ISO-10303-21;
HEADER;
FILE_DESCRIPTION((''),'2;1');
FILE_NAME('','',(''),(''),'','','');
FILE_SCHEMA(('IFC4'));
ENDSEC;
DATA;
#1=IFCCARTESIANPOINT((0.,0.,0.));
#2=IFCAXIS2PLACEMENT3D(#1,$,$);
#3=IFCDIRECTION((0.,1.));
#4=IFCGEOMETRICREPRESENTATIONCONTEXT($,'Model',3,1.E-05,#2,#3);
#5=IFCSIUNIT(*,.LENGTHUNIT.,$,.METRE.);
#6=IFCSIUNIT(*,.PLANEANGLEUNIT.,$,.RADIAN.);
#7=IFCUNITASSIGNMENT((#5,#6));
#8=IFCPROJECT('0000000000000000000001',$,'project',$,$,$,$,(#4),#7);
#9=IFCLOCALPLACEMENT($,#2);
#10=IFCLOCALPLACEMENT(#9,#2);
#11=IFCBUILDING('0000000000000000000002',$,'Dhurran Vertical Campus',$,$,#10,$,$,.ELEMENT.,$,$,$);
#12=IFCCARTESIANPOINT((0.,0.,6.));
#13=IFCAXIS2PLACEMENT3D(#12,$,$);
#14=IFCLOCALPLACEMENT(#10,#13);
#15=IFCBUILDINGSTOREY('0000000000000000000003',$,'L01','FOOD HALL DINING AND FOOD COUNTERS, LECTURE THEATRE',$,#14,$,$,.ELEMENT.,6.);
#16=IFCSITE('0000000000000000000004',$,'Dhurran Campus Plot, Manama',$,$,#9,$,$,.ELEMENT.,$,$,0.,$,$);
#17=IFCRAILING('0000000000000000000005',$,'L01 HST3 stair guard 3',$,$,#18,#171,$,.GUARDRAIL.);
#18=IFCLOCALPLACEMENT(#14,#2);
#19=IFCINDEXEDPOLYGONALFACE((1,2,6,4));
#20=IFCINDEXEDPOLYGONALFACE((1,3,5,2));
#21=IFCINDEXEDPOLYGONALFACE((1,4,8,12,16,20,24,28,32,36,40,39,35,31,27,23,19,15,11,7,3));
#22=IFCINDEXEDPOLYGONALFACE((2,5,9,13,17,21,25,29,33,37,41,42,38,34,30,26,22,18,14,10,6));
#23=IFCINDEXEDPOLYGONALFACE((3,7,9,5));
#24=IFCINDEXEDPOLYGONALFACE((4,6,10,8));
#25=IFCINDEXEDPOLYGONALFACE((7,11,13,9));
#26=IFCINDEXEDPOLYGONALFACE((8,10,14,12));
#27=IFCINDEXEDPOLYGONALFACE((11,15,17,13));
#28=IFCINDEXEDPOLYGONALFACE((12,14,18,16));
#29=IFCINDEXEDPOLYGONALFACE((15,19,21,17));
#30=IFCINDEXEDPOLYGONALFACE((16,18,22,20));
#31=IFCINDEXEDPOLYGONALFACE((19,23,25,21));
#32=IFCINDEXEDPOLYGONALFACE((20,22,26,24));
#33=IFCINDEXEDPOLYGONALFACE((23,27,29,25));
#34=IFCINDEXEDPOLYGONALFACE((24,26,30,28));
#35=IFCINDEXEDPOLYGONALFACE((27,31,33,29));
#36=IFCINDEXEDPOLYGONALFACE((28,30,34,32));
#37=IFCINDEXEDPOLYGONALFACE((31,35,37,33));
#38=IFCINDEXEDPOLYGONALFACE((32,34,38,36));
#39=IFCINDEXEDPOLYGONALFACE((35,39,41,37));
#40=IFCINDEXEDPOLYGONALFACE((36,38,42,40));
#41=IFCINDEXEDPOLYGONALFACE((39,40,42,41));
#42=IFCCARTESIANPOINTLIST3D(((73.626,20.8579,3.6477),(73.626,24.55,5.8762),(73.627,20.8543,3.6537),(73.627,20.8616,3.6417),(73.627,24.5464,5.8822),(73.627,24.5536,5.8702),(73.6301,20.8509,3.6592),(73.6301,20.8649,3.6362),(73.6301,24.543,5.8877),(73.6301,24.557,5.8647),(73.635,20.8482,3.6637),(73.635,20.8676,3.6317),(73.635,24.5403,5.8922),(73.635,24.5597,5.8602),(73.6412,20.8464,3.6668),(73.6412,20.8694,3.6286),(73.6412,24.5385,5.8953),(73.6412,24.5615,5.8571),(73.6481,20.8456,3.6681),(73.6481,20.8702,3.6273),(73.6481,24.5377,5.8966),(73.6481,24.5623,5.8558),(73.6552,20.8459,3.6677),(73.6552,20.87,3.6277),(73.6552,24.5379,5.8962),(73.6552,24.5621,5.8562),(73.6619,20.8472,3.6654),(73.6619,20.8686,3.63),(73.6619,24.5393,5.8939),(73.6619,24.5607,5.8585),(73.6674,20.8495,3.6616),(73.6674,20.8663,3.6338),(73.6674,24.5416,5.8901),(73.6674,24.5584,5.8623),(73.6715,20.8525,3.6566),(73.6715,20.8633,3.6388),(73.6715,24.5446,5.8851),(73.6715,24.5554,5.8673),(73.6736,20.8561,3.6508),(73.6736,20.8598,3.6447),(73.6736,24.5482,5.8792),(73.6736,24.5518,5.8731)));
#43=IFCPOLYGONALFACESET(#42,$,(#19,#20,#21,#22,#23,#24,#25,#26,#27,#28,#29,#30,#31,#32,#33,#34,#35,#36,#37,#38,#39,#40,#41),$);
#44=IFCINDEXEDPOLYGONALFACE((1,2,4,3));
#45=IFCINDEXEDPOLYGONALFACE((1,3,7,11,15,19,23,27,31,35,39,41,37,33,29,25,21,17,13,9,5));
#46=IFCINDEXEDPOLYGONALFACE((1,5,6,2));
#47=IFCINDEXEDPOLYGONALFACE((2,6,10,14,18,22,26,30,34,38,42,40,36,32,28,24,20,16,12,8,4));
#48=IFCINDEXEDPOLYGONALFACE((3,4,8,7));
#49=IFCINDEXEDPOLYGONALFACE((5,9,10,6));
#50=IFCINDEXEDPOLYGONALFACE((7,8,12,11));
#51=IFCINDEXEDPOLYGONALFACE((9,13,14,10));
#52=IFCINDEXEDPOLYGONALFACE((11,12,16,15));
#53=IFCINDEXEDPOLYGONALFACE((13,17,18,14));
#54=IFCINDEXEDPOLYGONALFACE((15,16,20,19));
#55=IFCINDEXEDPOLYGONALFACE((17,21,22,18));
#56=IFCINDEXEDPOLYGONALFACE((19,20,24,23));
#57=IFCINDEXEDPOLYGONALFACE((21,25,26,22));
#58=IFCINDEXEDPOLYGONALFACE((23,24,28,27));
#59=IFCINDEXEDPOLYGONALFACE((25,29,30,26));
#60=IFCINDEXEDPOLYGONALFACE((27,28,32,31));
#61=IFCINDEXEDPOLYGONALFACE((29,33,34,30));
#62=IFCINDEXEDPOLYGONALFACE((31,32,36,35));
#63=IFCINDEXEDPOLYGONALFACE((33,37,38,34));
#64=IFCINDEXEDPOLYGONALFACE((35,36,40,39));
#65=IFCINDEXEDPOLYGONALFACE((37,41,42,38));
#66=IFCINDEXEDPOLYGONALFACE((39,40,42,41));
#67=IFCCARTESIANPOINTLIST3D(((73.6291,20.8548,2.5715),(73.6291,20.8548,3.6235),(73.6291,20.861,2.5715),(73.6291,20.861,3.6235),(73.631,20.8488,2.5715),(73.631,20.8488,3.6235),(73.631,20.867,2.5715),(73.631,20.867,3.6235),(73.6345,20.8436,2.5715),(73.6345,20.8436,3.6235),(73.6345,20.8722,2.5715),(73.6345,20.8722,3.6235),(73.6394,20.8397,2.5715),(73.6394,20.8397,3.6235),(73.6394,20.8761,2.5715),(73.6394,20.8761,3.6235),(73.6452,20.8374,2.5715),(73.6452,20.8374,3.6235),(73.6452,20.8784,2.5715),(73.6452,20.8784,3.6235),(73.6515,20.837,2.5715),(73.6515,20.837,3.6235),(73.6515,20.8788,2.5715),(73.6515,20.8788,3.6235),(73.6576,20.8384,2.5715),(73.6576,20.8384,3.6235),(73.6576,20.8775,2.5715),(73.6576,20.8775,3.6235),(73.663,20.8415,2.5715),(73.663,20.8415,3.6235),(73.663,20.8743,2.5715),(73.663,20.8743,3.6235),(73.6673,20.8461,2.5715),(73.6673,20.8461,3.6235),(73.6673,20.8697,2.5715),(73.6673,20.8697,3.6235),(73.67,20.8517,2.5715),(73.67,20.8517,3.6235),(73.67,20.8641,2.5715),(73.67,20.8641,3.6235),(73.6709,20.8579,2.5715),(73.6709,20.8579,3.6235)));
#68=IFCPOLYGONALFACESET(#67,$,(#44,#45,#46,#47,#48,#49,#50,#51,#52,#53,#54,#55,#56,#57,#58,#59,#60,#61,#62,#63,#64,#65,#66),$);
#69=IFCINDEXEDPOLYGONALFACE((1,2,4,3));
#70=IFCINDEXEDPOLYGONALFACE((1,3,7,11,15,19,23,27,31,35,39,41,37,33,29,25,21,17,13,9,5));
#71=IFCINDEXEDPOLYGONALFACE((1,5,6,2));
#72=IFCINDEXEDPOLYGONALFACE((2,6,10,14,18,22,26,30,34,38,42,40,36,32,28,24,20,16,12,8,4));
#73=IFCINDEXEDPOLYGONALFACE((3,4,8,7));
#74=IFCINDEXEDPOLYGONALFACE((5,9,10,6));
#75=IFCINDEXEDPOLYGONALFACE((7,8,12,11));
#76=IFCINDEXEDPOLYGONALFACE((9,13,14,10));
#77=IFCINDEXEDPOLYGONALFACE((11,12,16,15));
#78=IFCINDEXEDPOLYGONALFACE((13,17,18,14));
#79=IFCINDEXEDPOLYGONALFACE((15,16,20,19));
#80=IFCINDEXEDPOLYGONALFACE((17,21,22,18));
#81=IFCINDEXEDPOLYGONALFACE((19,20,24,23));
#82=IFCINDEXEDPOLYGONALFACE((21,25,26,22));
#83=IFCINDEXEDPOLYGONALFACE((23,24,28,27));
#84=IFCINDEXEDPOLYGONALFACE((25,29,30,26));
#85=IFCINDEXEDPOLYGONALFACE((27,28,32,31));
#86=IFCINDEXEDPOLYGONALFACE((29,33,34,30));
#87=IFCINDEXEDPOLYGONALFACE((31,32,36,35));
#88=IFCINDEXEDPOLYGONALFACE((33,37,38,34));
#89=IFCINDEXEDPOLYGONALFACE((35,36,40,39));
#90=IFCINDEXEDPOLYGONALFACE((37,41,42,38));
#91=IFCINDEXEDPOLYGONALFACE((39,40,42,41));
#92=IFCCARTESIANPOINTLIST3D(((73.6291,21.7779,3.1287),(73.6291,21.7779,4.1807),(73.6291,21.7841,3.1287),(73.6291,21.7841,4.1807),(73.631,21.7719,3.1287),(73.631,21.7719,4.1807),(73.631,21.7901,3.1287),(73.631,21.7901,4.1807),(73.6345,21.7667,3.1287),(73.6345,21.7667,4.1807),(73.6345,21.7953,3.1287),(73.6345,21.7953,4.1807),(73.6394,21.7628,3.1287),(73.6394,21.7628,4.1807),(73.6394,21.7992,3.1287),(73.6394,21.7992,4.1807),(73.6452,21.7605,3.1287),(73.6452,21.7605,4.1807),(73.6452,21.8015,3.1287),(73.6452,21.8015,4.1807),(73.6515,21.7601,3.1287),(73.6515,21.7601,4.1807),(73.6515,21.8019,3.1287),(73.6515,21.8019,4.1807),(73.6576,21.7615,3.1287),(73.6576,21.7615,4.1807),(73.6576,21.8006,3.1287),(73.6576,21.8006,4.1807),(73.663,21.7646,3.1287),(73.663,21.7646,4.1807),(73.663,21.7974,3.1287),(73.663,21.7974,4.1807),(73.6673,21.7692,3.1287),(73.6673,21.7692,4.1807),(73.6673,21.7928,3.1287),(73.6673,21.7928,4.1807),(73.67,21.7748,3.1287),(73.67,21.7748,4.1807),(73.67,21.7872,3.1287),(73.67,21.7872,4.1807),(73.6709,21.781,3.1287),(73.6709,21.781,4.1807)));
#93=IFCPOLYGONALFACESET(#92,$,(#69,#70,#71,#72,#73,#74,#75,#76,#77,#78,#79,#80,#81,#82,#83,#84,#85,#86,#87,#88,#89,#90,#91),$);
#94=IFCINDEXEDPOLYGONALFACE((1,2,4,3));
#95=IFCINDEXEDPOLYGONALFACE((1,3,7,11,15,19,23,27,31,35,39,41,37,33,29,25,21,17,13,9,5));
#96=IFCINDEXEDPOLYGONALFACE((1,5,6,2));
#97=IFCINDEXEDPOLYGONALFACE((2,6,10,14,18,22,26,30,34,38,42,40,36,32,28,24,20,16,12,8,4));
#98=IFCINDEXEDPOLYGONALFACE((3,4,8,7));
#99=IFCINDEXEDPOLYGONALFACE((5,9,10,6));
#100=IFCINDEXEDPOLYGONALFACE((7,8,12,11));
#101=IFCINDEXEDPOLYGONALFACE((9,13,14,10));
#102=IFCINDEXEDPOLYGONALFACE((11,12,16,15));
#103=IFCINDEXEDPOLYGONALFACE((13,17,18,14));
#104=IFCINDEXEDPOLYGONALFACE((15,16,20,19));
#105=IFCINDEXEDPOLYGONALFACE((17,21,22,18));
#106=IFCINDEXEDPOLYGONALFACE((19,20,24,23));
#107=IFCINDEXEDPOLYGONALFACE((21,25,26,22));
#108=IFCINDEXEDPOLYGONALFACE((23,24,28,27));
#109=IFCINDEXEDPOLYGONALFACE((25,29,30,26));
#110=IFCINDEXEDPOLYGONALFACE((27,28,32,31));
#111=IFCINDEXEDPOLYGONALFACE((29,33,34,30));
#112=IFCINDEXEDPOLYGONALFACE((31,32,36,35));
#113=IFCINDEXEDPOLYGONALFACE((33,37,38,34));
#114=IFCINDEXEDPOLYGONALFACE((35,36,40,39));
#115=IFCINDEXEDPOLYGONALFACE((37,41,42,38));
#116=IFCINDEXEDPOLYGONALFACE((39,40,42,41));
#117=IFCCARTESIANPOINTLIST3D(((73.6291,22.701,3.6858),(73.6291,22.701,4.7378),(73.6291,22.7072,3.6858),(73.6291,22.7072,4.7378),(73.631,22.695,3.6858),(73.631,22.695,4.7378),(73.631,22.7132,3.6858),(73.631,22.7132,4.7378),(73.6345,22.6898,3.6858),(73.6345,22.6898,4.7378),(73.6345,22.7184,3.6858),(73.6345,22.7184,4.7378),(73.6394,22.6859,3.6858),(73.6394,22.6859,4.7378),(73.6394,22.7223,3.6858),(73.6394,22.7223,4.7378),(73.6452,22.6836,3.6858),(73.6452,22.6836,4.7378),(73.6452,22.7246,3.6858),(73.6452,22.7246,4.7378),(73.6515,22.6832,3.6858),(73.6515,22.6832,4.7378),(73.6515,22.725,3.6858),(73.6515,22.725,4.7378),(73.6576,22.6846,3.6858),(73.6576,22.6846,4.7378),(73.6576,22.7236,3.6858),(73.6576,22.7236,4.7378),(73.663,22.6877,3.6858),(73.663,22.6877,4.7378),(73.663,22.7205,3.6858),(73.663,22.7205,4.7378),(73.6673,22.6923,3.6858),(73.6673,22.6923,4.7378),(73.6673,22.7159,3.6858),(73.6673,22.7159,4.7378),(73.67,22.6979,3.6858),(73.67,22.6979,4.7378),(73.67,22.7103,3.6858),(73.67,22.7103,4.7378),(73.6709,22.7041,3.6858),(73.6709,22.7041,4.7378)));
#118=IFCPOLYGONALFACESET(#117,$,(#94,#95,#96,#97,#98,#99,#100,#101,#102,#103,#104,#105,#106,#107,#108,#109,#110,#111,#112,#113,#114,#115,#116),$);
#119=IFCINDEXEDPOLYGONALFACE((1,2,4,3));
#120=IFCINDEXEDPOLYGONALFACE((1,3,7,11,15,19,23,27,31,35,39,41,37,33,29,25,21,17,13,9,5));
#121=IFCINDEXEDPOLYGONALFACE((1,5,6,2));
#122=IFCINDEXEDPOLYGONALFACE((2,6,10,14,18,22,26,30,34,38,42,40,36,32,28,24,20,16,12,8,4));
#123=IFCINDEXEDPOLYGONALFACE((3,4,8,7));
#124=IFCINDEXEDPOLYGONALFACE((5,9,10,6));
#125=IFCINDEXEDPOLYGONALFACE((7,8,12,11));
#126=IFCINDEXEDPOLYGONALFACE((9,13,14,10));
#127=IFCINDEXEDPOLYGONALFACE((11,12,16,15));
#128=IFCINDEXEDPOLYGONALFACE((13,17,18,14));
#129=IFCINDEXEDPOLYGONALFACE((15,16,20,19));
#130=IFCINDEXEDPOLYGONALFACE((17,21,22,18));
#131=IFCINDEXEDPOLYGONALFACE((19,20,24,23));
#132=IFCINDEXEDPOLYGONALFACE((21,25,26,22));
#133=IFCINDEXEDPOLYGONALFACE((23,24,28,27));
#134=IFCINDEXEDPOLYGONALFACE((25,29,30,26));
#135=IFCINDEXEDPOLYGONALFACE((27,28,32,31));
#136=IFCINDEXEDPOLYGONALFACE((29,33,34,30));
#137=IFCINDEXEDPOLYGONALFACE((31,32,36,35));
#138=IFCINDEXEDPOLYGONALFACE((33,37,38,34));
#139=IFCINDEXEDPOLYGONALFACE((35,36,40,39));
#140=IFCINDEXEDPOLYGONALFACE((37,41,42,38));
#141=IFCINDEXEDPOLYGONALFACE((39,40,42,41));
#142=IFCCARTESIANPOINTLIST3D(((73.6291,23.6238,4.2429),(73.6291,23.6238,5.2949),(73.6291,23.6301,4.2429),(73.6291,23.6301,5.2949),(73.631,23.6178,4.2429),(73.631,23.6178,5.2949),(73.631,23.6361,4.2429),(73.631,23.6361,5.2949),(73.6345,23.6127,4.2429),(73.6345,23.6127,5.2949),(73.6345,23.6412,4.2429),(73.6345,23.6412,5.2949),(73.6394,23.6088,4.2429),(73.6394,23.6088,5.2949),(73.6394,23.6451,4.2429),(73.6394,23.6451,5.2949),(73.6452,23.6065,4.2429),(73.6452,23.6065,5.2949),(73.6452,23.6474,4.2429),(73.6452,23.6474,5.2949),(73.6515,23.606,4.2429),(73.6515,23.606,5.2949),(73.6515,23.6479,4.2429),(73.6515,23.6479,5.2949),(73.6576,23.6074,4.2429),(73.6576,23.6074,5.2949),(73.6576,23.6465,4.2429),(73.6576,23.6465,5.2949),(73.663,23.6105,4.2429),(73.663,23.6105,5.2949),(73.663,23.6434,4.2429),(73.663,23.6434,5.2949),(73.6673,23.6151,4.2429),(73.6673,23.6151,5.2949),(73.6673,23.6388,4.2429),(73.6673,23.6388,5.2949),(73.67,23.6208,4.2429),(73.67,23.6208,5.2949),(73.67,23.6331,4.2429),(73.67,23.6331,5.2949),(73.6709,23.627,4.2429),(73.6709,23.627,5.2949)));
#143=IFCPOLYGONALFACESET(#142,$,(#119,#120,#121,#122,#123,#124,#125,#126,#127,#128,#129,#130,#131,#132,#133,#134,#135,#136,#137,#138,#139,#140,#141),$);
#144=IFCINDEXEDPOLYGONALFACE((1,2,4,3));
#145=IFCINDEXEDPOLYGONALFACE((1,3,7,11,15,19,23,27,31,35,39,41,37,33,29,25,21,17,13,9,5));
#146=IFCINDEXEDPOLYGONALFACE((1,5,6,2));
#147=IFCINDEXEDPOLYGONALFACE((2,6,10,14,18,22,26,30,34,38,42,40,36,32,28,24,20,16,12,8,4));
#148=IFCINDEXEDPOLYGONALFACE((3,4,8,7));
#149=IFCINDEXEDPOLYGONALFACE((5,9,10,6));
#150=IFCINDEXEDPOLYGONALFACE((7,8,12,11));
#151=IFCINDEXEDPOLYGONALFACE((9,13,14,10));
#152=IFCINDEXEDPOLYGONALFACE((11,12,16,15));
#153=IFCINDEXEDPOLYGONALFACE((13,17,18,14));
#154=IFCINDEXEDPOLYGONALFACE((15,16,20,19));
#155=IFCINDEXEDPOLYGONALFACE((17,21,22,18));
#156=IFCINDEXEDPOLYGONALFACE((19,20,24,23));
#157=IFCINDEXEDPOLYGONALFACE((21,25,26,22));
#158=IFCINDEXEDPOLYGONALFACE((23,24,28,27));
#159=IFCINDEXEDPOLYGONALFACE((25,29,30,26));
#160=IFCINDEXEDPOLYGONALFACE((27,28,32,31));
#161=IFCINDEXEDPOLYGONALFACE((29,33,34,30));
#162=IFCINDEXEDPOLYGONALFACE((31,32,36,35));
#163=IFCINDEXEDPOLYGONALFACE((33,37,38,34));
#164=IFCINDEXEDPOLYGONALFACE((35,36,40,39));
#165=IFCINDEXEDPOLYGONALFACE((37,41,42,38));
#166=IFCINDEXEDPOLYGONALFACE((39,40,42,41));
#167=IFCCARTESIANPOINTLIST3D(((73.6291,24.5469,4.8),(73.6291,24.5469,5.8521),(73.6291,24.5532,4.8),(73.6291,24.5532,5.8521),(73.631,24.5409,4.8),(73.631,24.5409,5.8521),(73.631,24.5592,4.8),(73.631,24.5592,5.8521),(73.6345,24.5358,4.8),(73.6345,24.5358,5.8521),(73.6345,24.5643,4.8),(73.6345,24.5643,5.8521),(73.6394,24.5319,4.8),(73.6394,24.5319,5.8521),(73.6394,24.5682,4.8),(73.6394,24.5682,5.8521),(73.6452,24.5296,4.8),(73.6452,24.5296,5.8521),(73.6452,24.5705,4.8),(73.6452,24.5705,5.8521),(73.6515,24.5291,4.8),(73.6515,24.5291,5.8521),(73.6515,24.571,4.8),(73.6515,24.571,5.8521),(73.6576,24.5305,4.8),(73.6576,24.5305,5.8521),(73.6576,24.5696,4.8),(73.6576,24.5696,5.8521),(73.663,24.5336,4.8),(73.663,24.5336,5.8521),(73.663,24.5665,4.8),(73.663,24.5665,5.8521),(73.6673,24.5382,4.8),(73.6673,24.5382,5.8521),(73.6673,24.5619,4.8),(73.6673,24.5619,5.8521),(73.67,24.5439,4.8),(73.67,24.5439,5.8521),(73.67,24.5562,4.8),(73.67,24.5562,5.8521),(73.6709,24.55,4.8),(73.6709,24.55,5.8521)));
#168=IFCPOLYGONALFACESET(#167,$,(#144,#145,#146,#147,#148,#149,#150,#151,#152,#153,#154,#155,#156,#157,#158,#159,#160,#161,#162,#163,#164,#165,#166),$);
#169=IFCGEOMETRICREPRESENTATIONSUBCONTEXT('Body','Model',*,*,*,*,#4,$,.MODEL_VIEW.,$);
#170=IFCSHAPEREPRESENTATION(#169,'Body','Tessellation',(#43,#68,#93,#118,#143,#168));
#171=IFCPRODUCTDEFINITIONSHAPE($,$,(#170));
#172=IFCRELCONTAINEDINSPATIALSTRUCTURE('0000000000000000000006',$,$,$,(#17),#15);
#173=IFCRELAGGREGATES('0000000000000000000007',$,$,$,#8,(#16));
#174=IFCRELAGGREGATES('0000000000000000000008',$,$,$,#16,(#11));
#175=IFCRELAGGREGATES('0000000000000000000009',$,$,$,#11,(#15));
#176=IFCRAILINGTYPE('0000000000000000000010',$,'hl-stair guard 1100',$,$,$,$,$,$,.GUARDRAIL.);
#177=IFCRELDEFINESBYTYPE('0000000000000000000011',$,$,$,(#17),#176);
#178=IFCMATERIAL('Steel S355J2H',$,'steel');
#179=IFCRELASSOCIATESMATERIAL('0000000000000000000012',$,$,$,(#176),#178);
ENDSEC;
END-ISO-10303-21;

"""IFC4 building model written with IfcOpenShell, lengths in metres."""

from ifc_helpers import new_model, si_unit, direction, frame, origin, origin_2d, place, context, subcontext, project, spatial, circle, extrude, material, type_object, element, save


model = new_model("IFC4")

# Units and contexts
model_context = context("Model", 3, precision=1e-05, world=origin(), true_north=direction((0.0, 1.0)))
body_context = subcontext(model_context, "Body", "Model", "MODEL_VIEW")
ifc_project = project(units=[si_unit("LENGTHUNIT", "METRE"), si_unit("PLANEANGLEUNIT", "RADIAN")], contexts=[model_context])

# Site, building, storey
site_placement = place(None, origin())
site = spatial("IfcSite", under=ifc_project, at=site_placement, Name="Dhurran Campus Plot, Manama", CompositionType="ELEMENT", RefElevation=0.0)
building_placement = place(site_placement, origin())
building = spatial("IfcBuilding", under=site, at=building_placement, Name="Dhurran Vertical Campus", CompositionType="ELEMENT")
storey_placement = place(building_placement, frame((0.0, 0.0, 6.0)))
storey = spatial("IfcBuildingStorey", under=building, at=storey_placement, Name="L01", Description="FOOD HALL DINING AND FOOD COUNTERS, LECTURE THEATRE", CompositionType="ELEMENT", Elevation=6.0)

# Railing
ifc_material_1 = material(Name="Steel S355J2H", Category="steel")
railing_type = type_object("IfcRailingType", Name="hl-stair guard 1100", PredefinedType="GUARDRAIL", material=ifc_material_1)
railing_1_placement = place(storey_placement, frame((73.6499, 20.8579, 2.5715)))
element("IfcRailing", 1, at=railing_1_placement, inside=storey, type_object=railing_type, Name="L01 HST3 stair guard 3", PredefinedType="GUARDRAIL", context=body_context, shape_type="SweptSolid", body=[
    extrude(circle(Radius=0.0239, at=origin_2d()), frame((0.0, 0.0, 1.0762), z_axis=(0.0, 0.856136, 0.51675), x_axis=(-1.0, 0.0, 0.0)), (0.0, 0.0, 1.0), 4.3125),
    extrude(circle(Radius=0.021, at=origin_2d()), origin(), (0.0, 0.0, 1.0), 1.052),
    extrude(circle(Radius=0.021, at=origin_2d()), frame((0.0, 0.9231, 0.5571)), (0.0, 0.0, 1.0), 1.052),
    extrude(circle(Radius=0.021, at=origin_2d()), frame((0.0, 1.8462, 1.1143)), (0.0, 0.0, 1.0), 1.052),
    extrude(circle(Radius=0.021, at=origin_2d()), frame((0.0, 2.769, 1.6714)), (0.0, 0.0, 1.0), 1.052),
    extrude(circle(Radius=0.021, at=origin_2d()), frame((0.0, 3.6921, 2.2285)), (0.0, 0.0, 1.0), 1.052),
])

save(model, "model.ifc")
